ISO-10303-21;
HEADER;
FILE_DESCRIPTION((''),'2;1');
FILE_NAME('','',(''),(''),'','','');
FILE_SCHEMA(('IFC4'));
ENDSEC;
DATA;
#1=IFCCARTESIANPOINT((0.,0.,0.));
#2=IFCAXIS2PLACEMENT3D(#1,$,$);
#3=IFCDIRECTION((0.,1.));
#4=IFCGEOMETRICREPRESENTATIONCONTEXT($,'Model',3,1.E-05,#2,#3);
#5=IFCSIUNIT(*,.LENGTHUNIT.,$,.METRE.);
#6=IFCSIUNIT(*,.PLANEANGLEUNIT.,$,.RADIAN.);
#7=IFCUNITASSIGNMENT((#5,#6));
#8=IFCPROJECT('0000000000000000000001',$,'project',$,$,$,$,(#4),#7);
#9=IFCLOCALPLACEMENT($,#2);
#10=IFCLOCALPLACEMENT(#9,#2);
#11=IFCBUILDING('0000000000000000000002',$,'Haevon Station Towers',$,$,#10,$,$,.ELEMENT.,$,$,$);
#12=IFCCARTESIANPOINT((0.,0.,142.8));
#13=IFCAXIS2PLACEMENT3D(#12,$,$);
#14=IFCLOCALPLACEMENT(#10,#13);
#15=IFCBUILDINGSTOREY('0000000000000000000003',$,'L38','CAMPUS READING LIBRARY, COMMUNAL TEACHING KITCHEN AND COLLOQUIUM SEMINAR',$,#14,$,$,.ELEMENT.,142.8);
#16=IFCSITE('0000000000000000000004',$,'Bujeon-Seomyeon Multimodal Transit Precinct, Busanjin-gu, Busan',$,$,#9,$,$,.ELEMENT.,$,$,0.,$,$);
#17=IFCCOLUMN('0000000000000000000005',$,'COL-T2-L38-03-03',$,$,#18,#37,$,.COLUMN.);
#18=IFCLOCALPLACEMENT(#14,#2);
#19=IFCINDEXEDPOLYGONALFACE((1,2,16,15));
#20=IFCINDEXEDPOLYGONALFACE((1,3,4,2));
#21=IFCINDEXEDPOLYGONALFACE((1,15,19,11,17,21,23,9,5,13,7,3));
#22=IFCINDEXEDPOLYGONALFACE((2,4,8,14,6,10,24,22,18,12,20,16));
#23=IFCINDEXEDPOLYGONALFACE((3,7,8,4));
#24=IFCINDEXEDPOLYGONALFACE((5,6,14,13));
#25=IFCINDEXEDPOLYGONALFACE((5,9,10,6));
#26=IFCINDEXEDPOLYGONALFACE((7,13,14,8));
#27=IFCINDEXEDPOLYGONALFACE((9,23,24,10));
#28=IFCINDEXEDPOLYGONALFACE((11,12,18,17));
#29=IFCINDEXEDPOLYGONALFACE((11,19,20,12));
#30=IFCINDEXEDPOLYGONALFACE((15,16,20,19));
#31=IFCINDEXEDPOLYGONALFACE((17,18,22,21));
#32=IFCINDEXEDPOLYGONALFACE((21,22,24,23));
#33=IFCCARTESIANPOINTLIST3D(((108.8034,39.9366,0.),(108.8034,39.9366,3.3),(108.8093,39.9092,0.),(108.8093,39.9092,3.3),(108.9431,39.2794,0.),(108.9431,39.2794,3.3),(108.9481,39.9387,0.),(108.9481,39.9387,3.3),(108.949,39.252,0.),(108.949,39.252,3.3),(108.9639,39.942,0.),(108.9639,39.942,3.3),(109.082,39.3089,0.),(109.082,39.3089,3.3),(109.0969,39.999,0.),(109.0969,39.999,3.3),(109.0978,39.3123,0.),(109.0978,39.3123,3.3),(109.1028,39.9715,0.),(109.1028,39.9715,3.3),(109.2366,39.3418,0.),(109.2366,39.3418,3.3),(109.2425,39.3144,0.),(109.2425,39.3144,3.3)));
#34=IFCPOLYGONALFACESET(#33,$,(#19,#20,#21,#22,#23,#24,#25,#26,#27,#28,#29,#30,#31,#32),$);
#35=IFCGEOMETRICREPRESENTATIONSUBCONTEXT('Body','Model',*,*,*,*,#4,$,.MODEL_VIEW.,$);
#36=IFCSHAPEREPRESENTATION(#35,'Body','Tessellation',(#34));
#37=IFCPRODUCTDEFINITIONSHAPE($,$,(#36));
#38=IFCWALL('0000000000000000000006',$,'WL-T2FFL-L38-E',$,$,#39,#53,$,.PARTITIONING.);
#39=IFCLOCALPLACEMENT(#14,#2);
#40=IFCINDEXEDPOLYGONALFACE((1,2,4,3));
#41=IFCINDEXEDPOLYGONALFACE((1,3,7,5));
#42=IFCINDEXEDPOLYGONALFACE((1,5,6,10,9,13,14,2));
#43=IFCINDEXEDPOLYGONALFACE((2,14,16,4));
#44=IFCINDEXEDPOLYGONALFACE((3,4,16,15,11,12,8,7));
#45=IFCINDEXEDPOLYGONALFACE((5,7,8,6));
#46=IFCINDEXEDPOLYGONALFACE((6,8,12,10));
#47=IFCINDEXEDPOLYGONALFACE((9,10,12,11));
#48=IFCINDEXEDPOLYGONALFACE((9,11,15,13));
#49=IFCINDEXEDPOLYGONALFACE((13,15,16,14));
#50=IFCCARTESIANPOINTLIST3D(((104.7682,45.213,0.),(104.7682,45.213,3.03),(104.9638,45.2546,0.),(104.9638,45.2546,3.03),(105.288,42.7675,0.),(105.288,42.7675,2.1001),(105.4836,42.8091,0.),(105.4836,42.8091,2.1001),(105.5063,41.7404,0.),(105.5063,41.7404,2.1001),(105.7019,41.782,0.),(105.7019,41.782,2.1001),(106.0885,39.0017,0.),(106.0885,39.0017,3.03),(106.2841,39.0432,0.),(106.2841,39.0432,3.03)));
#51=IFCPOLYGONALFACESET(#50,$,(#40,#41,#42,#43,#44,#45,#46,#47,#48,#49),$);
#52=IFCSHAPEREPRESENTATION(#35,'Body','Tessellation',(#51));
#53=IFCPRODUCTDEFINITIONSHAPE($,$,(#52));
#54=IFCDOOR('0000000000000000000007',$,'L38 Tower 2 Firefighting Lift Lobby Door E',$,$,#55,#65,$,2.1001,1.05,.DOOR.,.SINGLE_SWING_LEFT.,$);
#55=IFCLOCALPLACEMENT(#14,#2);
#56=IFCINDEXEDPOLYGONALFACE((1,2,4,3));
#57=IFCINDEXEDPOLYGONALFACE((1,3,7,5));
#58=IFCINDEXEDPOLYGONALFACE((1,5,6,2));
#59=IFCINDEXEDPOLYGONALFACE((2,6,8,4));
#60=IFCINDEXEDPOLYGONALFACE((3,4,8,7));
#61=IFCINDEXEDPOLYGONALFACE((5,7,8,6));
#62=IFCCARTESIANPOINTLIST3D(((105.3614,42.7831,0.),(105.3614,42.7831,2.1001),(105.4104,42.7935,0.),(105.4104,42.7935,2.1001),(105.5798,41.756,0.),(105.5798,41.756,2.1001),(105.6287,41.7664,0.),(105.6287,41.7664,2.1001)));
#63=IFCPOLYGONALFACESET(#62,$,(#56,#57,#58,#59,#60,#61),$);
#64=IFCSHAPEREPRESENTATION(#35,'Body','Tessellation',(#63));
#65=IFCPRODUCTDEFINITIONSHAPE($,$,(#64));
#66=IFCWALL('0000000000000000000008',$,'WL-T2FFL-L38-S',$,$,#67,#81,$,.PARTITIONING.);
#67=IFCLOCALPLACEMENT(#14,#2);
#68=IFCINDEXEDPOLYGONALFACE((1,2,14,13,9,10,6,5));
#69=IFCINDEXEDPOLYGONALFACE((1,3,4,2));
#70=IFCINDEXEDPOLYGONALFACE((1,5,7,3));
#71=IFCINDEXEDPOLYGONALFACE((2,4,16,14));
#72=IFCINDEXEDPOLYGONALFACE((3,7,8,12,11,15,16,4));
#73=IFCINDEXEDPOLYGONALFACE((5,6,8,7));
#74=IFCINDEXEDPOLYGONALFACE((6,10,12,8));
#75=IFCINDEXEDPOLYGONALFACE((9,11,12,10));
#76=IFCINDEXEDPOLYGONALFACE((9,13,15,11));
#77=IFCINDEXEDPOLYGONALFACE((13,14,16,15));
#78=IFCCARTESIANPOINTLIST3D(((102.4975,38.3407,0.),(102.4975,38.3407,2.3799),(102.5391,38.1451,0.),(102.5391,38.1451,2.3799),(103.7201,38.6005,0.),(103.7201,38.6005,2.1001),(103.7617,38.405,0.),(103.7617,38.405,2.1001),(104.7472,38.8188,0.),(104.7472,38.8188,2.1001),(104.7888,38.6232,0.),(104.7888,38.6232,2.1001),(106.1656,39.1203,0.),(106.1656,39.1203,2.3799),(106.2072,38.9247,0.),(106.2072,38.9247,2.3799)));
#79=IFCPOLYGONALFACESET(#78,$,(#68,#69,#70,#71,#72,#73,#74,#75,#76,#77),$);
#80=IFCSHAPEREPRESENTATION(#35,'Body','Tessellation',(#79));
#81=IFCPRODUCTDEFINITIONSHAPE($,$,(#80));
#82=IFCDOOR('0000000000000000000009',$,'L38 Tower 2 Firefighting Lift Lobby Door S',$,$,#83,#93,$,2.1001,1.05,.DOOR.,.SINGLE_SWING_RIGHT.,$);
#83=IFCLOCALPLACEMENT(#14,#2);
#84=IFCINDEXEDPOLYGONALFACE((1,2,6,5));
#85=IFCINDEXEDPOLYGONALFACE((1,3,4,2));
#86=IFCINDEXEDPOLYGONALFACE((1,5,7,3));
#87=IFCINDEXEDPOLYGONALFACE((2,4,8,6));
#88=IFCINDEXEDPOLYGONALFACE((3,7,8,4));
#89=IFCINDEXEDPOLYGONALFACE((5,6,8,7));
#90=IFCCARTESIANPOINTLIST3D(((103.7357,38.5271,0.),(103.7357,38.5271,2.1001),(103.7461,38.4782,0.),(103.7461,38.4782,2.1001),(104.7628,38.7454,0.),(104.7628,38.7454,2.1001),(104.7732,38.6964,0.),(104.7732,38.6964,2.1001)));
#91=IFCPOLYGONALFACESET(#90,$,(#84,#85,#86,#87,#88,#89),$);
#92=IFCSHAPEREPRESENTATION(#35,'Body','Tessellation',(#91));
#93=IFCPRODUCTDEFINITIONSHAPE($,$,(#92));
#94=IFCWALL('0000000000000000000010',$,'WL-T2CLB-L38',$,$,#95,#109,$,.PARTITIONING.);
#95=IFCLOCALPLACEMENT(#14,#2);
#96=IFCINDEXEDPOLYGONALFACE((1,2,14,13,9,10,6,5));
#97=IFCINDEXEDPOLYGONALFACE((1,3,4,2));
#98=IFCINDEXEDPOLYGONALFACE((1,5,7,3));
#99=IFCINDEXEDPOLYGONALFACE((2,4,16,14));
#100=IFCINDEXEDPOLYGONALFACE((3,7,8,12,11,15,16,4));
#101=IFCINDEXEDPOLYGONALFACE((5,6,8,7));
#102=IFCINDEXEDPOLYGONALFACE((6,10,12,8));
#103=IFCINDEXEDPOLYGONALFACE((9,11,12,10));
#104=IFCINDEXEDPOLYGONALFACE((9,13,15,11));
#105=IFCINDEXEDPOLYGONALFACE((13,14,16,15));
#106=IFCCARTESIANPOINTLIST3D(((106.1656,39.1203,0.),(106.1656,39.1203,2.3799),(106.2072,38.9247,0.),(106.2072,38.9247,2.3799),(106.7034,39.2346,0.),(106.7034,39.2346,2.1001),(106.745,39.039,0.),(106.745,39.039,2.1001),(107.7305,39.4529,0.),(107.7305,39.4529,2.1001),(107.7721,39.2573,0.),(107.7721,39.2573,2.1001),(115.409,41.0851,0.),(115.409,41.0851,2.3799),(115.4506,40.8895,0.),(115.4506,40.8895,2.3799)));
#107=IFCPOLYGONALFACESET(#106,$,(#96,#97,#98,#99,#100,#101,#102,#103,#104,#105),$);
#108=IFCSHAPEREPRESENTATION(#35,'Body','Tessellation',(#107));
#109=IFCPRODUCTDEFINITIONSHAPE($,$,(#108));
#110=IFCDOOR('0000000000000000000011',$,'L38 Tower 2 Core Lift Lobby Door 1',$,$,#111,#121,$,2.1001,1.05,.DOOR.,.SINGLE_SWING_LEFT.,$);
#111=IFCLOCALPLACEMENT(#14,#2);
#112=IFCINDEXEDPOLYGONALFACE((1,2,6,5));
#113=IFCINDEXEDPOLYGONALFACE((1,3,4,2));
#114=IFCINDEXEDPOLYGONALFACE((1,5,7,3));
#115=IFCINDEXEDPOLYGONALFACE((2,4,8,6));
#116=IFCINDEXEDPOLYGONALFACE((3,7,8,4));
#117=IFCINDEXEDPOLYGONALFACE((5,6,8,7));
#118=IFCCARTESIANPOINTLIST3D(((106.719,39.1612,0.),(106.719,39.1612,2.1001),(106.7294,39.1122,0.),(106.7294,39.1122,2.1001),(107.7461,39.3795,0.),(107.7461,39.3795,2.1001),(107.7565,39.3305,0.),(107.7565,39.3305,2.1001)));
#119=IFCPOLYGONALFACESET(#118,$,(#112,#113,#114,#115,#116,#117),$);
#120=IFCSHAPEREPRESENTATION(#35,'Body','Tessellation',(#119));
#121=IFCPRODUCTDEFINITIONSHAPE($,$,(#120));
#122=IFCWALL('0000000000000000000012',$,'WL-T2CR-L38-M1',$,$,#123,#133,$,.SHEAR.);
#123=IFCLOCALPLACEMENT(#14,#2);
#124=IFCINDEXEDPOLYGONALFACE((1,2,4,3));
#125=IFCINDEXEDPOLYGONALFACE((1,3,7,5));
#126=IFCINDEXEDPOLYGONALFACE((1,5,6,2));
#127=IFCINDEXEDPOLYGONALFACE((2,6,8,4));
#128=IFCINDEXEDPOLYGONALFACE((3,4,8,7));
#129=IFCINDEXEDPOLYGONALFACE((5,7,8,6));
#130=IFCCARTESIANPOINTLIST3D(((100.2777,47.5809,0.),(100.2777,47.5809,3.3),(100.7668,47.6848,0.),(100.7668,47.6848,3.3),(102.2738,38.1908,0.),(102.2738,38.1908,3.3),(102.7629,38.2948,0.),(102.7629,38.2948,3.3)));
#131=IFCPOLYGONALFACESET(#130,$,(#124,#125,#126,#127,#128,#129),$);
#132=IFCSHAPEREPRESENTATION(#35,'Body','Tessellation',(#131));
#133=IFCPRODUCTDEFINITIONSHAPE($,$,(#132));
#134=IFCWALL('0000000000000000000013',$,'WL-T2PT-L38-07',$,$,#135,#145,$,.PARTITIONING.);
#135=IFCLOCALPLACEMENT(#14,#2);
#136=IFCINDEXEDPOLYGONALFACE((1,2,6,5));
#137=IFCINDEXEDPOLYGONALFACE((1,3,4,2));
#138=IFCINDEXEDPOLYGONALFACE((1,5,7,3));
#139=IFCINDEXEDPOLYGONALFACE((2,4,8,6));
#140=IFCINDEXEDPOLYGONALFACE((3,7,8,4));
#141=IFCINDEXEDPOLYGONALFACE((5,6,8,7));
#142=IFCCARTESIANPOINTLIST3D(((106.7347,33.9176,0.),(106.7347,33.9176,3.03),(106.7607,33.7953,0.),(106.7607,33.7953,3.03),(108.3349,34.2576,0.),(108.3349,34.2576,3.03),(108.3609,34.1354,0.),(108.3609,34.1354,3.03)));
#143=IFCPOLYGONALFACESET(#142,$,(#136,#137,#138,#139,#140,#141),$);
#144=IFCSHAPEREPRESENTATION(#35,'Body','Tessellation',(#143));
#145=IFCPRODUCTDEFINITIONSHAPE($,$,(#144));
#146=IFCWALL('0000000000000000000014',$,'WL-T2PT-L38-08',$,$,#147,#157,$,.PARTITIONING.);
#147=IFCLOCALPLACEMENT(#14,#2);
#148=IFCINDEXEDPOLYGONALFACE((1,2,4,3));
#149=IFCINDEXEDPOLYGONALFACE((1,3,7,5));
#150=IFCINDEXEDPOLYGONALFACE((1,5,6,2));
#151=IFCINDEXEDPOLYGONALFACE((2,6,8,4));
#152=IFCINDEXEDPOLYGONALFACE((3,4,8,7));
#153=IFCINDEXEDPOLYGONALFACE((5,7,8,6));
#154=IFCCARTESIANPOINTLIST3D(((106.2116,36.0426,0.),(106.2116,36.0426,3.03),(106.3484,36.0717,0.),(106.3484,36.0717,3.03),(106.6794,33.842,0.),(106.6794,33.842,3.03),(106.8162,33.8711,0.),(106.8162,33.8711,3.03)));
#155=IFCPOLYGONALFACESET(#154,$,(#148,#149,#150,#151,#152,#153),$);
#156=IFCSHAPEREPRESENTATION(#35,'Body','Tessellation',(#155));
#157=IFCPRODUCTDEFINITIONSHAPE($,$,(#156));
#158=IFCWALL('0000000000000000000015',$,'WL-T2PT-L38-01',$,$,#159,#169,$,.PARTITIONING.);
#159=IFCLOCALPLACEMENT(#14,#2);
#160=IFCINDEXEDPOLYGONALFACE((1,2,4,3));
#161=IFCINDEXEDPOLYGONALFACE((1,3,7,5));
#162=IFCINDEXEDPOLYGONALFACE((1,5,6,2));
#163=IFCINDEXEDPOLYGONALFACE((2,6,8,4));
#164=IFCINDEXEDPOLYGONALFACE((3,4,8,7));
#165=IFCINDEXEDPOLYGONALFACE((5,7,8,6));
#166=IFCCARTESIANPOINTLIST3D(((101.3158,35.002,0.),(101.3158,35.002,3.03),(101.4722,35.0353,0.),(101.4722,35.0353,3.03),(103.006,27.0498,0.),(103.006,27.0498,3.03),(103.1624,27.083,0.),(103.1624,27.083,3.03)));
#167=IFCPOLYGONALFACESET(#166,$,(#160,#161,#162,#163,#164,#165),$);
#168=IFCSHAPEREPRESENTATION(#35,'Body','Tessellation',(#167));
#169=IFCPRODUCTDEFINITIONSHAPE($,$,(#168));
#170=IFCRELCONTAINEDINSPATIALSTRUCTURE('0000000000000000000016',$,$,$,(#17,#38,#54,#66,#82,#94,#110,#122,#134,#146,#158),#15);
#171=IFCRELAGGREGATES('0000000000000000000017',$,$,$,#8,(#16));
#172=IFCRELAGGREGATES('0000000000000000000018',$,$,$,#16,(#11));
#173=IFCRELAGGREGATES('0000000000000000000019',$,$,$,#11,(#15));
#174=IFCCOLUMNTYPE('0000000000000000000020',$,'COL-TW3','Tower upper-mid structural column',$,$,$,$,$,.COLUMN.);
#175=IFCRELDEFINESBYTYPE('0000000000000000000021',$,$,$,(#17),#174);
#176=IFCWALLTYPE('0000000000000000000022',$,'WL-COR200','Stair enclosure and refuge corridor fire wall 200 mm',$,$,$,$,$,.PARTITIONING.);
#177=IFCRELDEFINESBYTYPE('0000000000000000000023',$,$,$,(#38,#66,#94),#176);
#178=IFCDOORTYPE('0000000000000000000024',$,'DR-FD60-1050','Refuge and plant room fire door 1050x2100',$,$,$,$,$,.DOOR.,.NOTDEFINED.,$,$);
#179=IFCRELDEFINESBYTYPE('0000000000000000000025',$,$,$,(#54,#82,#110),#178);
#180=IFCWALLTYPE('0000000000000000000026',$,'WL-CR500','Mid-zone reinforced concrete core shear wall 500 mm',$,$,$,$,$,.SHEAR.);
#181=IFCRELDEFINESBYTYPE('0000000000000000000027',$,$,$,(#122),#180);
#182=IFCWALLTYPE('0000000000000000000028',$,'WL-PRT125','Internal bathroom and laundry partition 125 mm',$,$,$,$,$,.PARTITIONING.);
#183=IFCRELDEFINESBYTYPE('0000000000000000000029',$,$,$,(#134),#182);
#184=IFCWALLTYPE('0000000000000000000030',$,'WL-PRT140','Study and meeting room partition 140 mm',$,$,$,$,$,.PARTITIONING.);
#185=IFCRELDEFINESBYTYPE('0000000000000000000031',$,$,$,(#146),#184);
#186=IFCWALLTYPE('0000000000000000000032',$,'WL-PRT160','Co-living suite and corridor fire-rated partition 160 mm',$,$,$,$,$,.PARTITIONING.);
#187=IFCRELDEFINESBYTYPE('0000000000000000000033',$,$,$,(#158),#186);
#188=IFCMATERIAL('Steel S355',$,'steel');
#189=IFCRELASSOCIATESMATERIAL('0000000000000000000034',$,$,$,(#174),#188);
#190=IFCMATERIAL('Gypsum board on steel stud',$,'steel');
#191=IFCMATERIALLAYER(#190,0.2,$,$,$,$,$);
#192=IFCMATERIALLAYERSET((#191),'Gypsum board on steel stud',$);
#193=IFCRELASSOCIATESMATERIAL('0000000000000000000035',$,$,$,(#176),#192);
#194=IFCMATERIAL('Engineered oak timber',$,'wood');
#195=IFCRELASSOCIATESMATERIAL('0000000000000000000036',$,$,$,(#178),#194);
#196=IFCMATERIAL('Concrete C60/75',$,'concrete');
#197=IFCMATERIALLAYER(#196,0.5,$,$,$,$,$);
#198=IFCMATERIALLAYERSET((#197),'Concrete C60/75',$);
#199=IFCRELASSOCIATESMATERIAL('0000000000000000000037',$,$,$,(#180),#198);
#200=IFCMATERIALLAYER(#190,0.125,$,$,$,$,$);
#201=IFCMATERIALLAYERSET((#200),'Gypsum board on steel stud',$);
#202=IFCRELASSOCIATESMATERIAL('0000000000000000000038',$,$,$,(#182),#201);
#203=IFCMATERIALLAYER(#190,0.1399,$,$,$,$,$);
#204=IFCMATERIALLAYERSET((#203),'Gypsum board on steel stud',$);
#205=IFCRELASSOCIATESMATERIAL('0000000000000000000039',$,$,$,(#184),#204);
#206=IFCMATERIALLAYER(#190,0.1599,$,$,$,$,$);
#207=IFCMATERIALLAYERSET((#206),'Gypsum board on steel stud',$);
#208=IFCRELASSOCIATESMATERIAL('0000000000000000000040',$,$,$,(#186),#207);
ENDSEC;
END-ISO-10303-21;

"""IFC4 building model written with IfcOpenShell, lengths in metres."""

from ifc_helpers import new_model, si_unit, direction, frame, frame_2d, origin, origin_2d, place, context, subcontext, project, spatial, rectangle, i_section, extrude, material, layer, layer_set, material_profile, profile_set, type_object, element, fill, save


model = new_model("IFC4")

# Units and contexts
model_context = context("Model", 3, precision=1e-05, world=origin(), true_north=direction((0.0, 1.0)))
body_context = subcontext(model_context, "Body", "Model", "MODEL_VIEW")
ifc_project = project(units=[si_unit("LENGTHUNIT", "METRE"), si_unit("PLANEANGLEUNIT", "RADIAN")], contexts=[model_context])

# Site, building, storey
site_placement = place(None, origin())
site = spatial("IfcSite", under=ifc_project, at=site_placement, Name="Bujeon-Seomyeon Multimodal Transit Precinct, Busanjin-gu, Busan", CompositionType="ELEMENT", RefElevation=0.0)
building_placement = place(site_placement, origin())
building = spatial("IfcBuilding", under=site, at=building_placement, Name="Haevon Station Towers", CompositionType="ELEMENT")
storey_placement = place(building_placement, frame((0.0, 0.0, 142.8)))
storey = spatial("IfcBuildingStorey", under=building, at=storey_placement, Name="L38", Description="CAMPUS READING LIBRARY, COMMUNAL TEACHING KITCHEN AND COLLOQUIUM SEMINAR", CompositionType="ELEMENT", Elevation=142.8)

# Column
ifc_material_1 = material(Name="Steel S355", Category="steel")
ifc_material_profile = material_profile(ifc_material_1, i_section(OverallWidth=0.3, OverallDepth=0.7, WebThickness=0.0161, FlangeThickness=0.0281, at=origin_2d()), Name="H-700x300x16x28")
ifc_profile_set = profile_set([ifc_material_profile], Name="Steel S355")
column_type = type_object("IfcColumnType", Name="COL-TW3", Description="Tower upper-mid structural column", PredefinedType="COLUMN", material=ifc_profile_set)
column_placement = place(storey_placement, frame((109.0229, 39.6255, 0.0), z_axis=(0.0, 0.0, 1.0), x_axis=(0.978148, 0.207912, 0.0)))
element("IfcColumn", 1, at=column_placement, inside=storey, type_object=column_type, Name="COL-T2-L38-03-03", PredefinedType="COLUMN", context=body_context, shape_type="SweptSolid", body=[
    extrude(i_section(OverallWidth=0.3, OverallDepth=0.7, WebThickness=0.0161, FlangeThickness=0.0281, at=origin_2d()), origin(), (0.0, 0.0, 1.0), 3.3),
])

# Walls, openings, doors
ifc_material_2 = material(Name="Gypsum board on steel stud", Category="steel")
ifc_layer_1 = layer(ifc_material_2, 0.2)
ifc_layer_set_1 = layer_set([ifc_layer_1], Name="Gypsum board on steel stud")
wall_type_1 = type_object("IfcWallType", Name="WL-COR200", Description="Stair enclosure and refuge corridor fire wall 200 mm", PredefinedType="PARTITIONING", material=ifc_layer_set_1)
wall_1_placement = place(storey_placement, frame((106.1863, 39.0225, 0.0), z_axis=(0.0, 0.0, 1.0), x_axis=(-0.207917, 0.978147, 0.0)))
wall_1 = element("IfcWall", 2, at=wall_1_placement, inside=storey, type_object=wall_type_1, Name="WL-T2FFL-L38-E", PredefinedType="PARTITIONING", context=body_context, shape_type="SweptSolid", body=[
    extrude(rectangle(XDim=6.3501, YDim=0.2, at=frame_2d((3.175, 0.0))), origin(), (0.0, 0.0, 1.0), 3.03),
])
opening_1_placement = place(wall_1_placement, frame((2.8, 0.0, 0.0)))
opening_1 = element("IfcOpeningElement", 3, at=opening_1_placement, cuts=wall_1, PredefinedType="OPENING", context=body_context, shape_type="SweptSolid", body=[
    extrude(rectangle(XDim=1.05, YDim=2.1001, at=frame_2d((0.5249, 1.05))), frame((0.0, 0.1099, 0.0), z_axis=(0.0, -1.0, 0.0), x_axis=(1.0, 0.0, 0.0)), (0.0, 0.0, 1.0), 0.22),
])
ifc_material_3 = material(Name="Engineered oak timber", Category="wood")
door_type_1 = type_object("IfcDoorType", Name="DR-FD60-1050", Description="Refuge and plant room fire door 1050x2100", OperationType="NOTDEFINED", PredefinedType="DOOR", material=ifc_material_3)
door_1_placement = place(opening_1_placement, origin())
door_1 = element("IfcDoor", 4, at=door_1_placement, inside=storey, type_object=door_type_1, Name="L38 Tower 2 Firefighting Lift Lobby Door E", OperationType="SINGLE_SWING_LEFT", OverallHeight=2.1001, OverallWidth=1.05, PredefinedType="DOOR", context=body_context, shape_type="SweptSolid", body=[
    extrude(rectangle(XDim=1.05, YDim=2.1001, at=frame_2d((0.5249, 1.05))), frame((0.0, 0.0249, 0.0), z_axis=(0.0, -1.0, 0.0), x_axis=(1.0, 0.0, 0.0)), (0.0, 0.0, 1.0), 0.05),
])
fill(opening_1, door_1)
wall_2_placement = place(storey_placement, frame((102.5183, 38.2429, 0.0), z_axis=(0.0, 0.0, 1.0), x_axis=(0.978154, 0.207884, 0.0)))
wall_2 = element("IfcWall", 5, at=wall_2_placement, inside=storey, type_object=wall_type_1, Name="WL-T2FFL-L38-S", PredefinedType="PARTITIONING", context=body_context, shape_type="SweptSolid", body=[
    extrude(rectangle(XDim=3.75, YDim=0.2, at=frame_2d((1.875, 0.0))), origin(), (0.0, 0.0, 1.0), 2.3799),
])
opening_2_placement = place(wall_2_placement, frame((1.25, 0.0, 0.0)))
opening_2 = element("IfcOpeningElement", 6, at=opening_2_placement, cuts=wall_2, PredefinedType="OPENING", context=body_context, shape_type="SweptSolid", body=[
    extrude(rectangle(XDim=1.05, YDim=2.1001, at=frame_2d((0.5249, 1.05))), frame((0.0, 0.1099, 0.0), z_axis=(0.0, -1.0, 0.0), x_axis=(1.0, 0.0, 0.0)), (0.0, 0.0, 1.0), 0.22),
])
door_2_placement = place(opening_2_placement, origin())
door_2 = element("IfcDoor", 7, at=door_2_placement, inside=storey, type_object=door_type_1, Name="L38 Tower 2 Firefighting Lift Lobby Door S", OperationType="SINGLE_SWING_RIGHT", OverallHeight=2.1001, OverallWidth=1.05, PredefinedType="DOOR", context=body_context, shape_type="SweptSolid", body=[
    extrude(rectangle(XDim=1.05, YDim=2.1001, at=frame_2d((0.5249, 1.05))), frame((0.0, 0.0249, 0.0), z_axis=(0.0, -1.0, 0.0), x_axis=(1.0, 0.0, 0.0)), (0.0, 0.0, 1.0), 0.05),
])
fill(opening_2, door_2)
wall_3_placement = place(storey_placement, frame((106.1863, 39.0225, 0.0), z_axis=(0.0, 0.0, 1.0), x_axis=(0.978146, 0.207921, 0.0)))
wall_3 = element("IfcWall", 8, at=wall_3_placement, inside=storey, type_object=wall_type_1, Name="WL-T2CLB-L38", PredefinedType="PARTITIONING", context=body_context, shape_type="SweptSolid", body=[
    extrude(rectangle(XDim=9.45, YDim=0.2, at=frame_2d((4.7251, 0.0))), origin(), (0.0, 0.0, 1.0), 2.3799),
])
opening_3_placement = place(wall_3_placement, frame((0.55, 0.0, 0.0)))
opening_3 = element("IfcOpeningElement", 9, at=opening_3_placement, cuts=wall_3, PredefinedType="OPENING", context=body_context, shape_type="SweptSolid", body=[
    extrude(rectangle(XDim=1.05, YDim=2.1001, at=frame_2d((0.5249, 1.05))), frame((0.0, 0.1099, 0.0), z_axis=(0.0, -1.0, 0.0), x_axis=(1.0, 0.0, 0.0)), (0.0, 0.0, 1.0), 0.22),
])
door_3_placement = place(opening_3_placement, origin())
door_3 = element("IfcDoor", 10, at=door_3_placement, inside=storey, type_object=door_type_1, Name="L38 Tower 2 Core Lift Lobby Door 1", OperationType="SINGLE_SWING_LEFT", OverallHeight=2.1001, OverallWidth=1.05, PredefinedType="DOOR", context=body_context, shape_type="SweptSolid", body=[
    extrude(rectangle(XDim=1.05, YDim=2.1001, at=frame_2d((0.5249, 1.05))), frame((0.0, 0.0249, 0.0), z_axis=(0.0, -1.0, 0.0), x_axis=(1.0, 0.0, 0.0)), (0.0, 0.0, 1.0), 0.05),
])
fill(opening_3, door_3)

# Walls
ifc_material_4 = material(Name="Concrete C60/75", Category="concrete")
ifc_layer_2 = layer(ifc_material_4, 0.5)
ifc_layer_set_2 = layer_set([ifc_layer_2], Name="Concrete C60/75")
wall_type_2 = type_object("IfcWallType", Name="WL-CR500", Description="Mid-zone reinforced concrete core shear wall 500 mm", PredefinedType="SHEAR", material=ifc_layer_set_2)
wall_4_placement = place(storey_placement, frame((102.5183, 38.2429, 0.0), z_axis=(0.0, 0.0, 1.0), x_axis=(-0.207927, 0.978144, 0.0)))
element("IfcWall", 11, at=wall_4_placement, inside=storey, type_object=wall_type_2, Name="WL-T2CR-L38-M1", PredefinedType="SHEAR", context=body_context, shape_type="SweptSolid", body=[
    extrude(rectangle(XDim=9.5999, YDim=0.5, at=frame_2d((4.7998, 0.0))), origin(), (0.0, 0.0, 1.0), 3.3),
])
ifc_layer_3 = layer(ifc_material_2, 0.125)
ifc_layer_set_3 = layer_set([ifc_layer_3], Name="Gypsum board on steel stud")
wall_type_3 = type_object("IfcWallType", Name="WL-PRT125", Description="Internal bathroom and laundry partition 125 mm", PredefinedType="PARTITIONING", material=ifc_layer_set_3)
wall_5_placement = place(storey_placement, frame((106.7478, 33.8564, 0.0), z_axis=(0.0, 0.0, 1.0), x_axis=(0.978157, 0.207868, 0.0)))
element("IfcWall", 12, at=wall_5_placement, inside=storey, type_object=wall_type_3, Name="WL-T2PT-L38-07", PredefinedType="PARTITIONING", context=body_context, shape_type="SweptSolid", body=[
    extrude(rectangle(XDim=1.636, YDim=0.125, at=frame_2d((0.8179, 0.0))), origin(), (0.0, 0.0, 1.0), 3.03),
])
ifc_layer_4 = layer(ifc_material_2, 0.1399)
ifc_layer_set_4 = layer_set([ifc_layer_4], Name="Gypsum board on steel stud")
wall_type_4 = type_object("IfcWallType", Name="WL-PRT140", Description="Study and meeting room partition 140 mm", PredefinedType="PARTITIONING", material=ifc_layer_set_4)
wall_6_placement = place(storey_placement, frame((106.7478, 33.8564, 0.0), z_axis=(0.0, 0.0, 1.0), x_axis=(-0.207913, 0.978147, 0.0)))
element("IfcWall", 13, at=wall_6_placement, inside=storey, type_object=wall_type_4, Name="WL-T2PT-L38-08", PredefinedType="PARTITIONING", context=body_context, shape_type="SweptSolid", body=[
    extrude(rectangle(XDim=2.2498, YDim=0.1399, at=frame_2d((1.125, 0.0))), origin(), (0.0, 0.0, 1.0), 3.03),
])
ifc_layer_5 = layer(ifc_material_2, 0.1599)
ifc_layer_set_5 = layer_set([ifc_layer_5], Name="Gypsum board on steel stud")
wall_type_5 = type_object("IfcWallType", Name="WL-PRT160", Description="Co-living suite and corridor fire-rated partition 160 mm", PredefinedType="PARTITIONING", material=ifc_layer_set_5)
wall_7_placement = place(storey_placement, frame((103.0842, 27.0664, 0.0), z_axis=(0.0, 0.0, 1.0), x_axis=(-0.2079, 0.97815, 0.0)))
element("IfcWall", 14, at=wall_7_placement, inside=storey, type_object=wall_type_5, Name="WL-T2PT-L38-01", PredefinedType="PARTITIONING", context=body_context, shape_type="SweptSolid", body=[
    extrude(rectangle(XDim=8.1299, YDim=0.1599, at=frame_2d((4.0649, 0.0))), origin(), (0.0, 0.0, 1.0), 3.03),
])

save(model, "model.ifc")
